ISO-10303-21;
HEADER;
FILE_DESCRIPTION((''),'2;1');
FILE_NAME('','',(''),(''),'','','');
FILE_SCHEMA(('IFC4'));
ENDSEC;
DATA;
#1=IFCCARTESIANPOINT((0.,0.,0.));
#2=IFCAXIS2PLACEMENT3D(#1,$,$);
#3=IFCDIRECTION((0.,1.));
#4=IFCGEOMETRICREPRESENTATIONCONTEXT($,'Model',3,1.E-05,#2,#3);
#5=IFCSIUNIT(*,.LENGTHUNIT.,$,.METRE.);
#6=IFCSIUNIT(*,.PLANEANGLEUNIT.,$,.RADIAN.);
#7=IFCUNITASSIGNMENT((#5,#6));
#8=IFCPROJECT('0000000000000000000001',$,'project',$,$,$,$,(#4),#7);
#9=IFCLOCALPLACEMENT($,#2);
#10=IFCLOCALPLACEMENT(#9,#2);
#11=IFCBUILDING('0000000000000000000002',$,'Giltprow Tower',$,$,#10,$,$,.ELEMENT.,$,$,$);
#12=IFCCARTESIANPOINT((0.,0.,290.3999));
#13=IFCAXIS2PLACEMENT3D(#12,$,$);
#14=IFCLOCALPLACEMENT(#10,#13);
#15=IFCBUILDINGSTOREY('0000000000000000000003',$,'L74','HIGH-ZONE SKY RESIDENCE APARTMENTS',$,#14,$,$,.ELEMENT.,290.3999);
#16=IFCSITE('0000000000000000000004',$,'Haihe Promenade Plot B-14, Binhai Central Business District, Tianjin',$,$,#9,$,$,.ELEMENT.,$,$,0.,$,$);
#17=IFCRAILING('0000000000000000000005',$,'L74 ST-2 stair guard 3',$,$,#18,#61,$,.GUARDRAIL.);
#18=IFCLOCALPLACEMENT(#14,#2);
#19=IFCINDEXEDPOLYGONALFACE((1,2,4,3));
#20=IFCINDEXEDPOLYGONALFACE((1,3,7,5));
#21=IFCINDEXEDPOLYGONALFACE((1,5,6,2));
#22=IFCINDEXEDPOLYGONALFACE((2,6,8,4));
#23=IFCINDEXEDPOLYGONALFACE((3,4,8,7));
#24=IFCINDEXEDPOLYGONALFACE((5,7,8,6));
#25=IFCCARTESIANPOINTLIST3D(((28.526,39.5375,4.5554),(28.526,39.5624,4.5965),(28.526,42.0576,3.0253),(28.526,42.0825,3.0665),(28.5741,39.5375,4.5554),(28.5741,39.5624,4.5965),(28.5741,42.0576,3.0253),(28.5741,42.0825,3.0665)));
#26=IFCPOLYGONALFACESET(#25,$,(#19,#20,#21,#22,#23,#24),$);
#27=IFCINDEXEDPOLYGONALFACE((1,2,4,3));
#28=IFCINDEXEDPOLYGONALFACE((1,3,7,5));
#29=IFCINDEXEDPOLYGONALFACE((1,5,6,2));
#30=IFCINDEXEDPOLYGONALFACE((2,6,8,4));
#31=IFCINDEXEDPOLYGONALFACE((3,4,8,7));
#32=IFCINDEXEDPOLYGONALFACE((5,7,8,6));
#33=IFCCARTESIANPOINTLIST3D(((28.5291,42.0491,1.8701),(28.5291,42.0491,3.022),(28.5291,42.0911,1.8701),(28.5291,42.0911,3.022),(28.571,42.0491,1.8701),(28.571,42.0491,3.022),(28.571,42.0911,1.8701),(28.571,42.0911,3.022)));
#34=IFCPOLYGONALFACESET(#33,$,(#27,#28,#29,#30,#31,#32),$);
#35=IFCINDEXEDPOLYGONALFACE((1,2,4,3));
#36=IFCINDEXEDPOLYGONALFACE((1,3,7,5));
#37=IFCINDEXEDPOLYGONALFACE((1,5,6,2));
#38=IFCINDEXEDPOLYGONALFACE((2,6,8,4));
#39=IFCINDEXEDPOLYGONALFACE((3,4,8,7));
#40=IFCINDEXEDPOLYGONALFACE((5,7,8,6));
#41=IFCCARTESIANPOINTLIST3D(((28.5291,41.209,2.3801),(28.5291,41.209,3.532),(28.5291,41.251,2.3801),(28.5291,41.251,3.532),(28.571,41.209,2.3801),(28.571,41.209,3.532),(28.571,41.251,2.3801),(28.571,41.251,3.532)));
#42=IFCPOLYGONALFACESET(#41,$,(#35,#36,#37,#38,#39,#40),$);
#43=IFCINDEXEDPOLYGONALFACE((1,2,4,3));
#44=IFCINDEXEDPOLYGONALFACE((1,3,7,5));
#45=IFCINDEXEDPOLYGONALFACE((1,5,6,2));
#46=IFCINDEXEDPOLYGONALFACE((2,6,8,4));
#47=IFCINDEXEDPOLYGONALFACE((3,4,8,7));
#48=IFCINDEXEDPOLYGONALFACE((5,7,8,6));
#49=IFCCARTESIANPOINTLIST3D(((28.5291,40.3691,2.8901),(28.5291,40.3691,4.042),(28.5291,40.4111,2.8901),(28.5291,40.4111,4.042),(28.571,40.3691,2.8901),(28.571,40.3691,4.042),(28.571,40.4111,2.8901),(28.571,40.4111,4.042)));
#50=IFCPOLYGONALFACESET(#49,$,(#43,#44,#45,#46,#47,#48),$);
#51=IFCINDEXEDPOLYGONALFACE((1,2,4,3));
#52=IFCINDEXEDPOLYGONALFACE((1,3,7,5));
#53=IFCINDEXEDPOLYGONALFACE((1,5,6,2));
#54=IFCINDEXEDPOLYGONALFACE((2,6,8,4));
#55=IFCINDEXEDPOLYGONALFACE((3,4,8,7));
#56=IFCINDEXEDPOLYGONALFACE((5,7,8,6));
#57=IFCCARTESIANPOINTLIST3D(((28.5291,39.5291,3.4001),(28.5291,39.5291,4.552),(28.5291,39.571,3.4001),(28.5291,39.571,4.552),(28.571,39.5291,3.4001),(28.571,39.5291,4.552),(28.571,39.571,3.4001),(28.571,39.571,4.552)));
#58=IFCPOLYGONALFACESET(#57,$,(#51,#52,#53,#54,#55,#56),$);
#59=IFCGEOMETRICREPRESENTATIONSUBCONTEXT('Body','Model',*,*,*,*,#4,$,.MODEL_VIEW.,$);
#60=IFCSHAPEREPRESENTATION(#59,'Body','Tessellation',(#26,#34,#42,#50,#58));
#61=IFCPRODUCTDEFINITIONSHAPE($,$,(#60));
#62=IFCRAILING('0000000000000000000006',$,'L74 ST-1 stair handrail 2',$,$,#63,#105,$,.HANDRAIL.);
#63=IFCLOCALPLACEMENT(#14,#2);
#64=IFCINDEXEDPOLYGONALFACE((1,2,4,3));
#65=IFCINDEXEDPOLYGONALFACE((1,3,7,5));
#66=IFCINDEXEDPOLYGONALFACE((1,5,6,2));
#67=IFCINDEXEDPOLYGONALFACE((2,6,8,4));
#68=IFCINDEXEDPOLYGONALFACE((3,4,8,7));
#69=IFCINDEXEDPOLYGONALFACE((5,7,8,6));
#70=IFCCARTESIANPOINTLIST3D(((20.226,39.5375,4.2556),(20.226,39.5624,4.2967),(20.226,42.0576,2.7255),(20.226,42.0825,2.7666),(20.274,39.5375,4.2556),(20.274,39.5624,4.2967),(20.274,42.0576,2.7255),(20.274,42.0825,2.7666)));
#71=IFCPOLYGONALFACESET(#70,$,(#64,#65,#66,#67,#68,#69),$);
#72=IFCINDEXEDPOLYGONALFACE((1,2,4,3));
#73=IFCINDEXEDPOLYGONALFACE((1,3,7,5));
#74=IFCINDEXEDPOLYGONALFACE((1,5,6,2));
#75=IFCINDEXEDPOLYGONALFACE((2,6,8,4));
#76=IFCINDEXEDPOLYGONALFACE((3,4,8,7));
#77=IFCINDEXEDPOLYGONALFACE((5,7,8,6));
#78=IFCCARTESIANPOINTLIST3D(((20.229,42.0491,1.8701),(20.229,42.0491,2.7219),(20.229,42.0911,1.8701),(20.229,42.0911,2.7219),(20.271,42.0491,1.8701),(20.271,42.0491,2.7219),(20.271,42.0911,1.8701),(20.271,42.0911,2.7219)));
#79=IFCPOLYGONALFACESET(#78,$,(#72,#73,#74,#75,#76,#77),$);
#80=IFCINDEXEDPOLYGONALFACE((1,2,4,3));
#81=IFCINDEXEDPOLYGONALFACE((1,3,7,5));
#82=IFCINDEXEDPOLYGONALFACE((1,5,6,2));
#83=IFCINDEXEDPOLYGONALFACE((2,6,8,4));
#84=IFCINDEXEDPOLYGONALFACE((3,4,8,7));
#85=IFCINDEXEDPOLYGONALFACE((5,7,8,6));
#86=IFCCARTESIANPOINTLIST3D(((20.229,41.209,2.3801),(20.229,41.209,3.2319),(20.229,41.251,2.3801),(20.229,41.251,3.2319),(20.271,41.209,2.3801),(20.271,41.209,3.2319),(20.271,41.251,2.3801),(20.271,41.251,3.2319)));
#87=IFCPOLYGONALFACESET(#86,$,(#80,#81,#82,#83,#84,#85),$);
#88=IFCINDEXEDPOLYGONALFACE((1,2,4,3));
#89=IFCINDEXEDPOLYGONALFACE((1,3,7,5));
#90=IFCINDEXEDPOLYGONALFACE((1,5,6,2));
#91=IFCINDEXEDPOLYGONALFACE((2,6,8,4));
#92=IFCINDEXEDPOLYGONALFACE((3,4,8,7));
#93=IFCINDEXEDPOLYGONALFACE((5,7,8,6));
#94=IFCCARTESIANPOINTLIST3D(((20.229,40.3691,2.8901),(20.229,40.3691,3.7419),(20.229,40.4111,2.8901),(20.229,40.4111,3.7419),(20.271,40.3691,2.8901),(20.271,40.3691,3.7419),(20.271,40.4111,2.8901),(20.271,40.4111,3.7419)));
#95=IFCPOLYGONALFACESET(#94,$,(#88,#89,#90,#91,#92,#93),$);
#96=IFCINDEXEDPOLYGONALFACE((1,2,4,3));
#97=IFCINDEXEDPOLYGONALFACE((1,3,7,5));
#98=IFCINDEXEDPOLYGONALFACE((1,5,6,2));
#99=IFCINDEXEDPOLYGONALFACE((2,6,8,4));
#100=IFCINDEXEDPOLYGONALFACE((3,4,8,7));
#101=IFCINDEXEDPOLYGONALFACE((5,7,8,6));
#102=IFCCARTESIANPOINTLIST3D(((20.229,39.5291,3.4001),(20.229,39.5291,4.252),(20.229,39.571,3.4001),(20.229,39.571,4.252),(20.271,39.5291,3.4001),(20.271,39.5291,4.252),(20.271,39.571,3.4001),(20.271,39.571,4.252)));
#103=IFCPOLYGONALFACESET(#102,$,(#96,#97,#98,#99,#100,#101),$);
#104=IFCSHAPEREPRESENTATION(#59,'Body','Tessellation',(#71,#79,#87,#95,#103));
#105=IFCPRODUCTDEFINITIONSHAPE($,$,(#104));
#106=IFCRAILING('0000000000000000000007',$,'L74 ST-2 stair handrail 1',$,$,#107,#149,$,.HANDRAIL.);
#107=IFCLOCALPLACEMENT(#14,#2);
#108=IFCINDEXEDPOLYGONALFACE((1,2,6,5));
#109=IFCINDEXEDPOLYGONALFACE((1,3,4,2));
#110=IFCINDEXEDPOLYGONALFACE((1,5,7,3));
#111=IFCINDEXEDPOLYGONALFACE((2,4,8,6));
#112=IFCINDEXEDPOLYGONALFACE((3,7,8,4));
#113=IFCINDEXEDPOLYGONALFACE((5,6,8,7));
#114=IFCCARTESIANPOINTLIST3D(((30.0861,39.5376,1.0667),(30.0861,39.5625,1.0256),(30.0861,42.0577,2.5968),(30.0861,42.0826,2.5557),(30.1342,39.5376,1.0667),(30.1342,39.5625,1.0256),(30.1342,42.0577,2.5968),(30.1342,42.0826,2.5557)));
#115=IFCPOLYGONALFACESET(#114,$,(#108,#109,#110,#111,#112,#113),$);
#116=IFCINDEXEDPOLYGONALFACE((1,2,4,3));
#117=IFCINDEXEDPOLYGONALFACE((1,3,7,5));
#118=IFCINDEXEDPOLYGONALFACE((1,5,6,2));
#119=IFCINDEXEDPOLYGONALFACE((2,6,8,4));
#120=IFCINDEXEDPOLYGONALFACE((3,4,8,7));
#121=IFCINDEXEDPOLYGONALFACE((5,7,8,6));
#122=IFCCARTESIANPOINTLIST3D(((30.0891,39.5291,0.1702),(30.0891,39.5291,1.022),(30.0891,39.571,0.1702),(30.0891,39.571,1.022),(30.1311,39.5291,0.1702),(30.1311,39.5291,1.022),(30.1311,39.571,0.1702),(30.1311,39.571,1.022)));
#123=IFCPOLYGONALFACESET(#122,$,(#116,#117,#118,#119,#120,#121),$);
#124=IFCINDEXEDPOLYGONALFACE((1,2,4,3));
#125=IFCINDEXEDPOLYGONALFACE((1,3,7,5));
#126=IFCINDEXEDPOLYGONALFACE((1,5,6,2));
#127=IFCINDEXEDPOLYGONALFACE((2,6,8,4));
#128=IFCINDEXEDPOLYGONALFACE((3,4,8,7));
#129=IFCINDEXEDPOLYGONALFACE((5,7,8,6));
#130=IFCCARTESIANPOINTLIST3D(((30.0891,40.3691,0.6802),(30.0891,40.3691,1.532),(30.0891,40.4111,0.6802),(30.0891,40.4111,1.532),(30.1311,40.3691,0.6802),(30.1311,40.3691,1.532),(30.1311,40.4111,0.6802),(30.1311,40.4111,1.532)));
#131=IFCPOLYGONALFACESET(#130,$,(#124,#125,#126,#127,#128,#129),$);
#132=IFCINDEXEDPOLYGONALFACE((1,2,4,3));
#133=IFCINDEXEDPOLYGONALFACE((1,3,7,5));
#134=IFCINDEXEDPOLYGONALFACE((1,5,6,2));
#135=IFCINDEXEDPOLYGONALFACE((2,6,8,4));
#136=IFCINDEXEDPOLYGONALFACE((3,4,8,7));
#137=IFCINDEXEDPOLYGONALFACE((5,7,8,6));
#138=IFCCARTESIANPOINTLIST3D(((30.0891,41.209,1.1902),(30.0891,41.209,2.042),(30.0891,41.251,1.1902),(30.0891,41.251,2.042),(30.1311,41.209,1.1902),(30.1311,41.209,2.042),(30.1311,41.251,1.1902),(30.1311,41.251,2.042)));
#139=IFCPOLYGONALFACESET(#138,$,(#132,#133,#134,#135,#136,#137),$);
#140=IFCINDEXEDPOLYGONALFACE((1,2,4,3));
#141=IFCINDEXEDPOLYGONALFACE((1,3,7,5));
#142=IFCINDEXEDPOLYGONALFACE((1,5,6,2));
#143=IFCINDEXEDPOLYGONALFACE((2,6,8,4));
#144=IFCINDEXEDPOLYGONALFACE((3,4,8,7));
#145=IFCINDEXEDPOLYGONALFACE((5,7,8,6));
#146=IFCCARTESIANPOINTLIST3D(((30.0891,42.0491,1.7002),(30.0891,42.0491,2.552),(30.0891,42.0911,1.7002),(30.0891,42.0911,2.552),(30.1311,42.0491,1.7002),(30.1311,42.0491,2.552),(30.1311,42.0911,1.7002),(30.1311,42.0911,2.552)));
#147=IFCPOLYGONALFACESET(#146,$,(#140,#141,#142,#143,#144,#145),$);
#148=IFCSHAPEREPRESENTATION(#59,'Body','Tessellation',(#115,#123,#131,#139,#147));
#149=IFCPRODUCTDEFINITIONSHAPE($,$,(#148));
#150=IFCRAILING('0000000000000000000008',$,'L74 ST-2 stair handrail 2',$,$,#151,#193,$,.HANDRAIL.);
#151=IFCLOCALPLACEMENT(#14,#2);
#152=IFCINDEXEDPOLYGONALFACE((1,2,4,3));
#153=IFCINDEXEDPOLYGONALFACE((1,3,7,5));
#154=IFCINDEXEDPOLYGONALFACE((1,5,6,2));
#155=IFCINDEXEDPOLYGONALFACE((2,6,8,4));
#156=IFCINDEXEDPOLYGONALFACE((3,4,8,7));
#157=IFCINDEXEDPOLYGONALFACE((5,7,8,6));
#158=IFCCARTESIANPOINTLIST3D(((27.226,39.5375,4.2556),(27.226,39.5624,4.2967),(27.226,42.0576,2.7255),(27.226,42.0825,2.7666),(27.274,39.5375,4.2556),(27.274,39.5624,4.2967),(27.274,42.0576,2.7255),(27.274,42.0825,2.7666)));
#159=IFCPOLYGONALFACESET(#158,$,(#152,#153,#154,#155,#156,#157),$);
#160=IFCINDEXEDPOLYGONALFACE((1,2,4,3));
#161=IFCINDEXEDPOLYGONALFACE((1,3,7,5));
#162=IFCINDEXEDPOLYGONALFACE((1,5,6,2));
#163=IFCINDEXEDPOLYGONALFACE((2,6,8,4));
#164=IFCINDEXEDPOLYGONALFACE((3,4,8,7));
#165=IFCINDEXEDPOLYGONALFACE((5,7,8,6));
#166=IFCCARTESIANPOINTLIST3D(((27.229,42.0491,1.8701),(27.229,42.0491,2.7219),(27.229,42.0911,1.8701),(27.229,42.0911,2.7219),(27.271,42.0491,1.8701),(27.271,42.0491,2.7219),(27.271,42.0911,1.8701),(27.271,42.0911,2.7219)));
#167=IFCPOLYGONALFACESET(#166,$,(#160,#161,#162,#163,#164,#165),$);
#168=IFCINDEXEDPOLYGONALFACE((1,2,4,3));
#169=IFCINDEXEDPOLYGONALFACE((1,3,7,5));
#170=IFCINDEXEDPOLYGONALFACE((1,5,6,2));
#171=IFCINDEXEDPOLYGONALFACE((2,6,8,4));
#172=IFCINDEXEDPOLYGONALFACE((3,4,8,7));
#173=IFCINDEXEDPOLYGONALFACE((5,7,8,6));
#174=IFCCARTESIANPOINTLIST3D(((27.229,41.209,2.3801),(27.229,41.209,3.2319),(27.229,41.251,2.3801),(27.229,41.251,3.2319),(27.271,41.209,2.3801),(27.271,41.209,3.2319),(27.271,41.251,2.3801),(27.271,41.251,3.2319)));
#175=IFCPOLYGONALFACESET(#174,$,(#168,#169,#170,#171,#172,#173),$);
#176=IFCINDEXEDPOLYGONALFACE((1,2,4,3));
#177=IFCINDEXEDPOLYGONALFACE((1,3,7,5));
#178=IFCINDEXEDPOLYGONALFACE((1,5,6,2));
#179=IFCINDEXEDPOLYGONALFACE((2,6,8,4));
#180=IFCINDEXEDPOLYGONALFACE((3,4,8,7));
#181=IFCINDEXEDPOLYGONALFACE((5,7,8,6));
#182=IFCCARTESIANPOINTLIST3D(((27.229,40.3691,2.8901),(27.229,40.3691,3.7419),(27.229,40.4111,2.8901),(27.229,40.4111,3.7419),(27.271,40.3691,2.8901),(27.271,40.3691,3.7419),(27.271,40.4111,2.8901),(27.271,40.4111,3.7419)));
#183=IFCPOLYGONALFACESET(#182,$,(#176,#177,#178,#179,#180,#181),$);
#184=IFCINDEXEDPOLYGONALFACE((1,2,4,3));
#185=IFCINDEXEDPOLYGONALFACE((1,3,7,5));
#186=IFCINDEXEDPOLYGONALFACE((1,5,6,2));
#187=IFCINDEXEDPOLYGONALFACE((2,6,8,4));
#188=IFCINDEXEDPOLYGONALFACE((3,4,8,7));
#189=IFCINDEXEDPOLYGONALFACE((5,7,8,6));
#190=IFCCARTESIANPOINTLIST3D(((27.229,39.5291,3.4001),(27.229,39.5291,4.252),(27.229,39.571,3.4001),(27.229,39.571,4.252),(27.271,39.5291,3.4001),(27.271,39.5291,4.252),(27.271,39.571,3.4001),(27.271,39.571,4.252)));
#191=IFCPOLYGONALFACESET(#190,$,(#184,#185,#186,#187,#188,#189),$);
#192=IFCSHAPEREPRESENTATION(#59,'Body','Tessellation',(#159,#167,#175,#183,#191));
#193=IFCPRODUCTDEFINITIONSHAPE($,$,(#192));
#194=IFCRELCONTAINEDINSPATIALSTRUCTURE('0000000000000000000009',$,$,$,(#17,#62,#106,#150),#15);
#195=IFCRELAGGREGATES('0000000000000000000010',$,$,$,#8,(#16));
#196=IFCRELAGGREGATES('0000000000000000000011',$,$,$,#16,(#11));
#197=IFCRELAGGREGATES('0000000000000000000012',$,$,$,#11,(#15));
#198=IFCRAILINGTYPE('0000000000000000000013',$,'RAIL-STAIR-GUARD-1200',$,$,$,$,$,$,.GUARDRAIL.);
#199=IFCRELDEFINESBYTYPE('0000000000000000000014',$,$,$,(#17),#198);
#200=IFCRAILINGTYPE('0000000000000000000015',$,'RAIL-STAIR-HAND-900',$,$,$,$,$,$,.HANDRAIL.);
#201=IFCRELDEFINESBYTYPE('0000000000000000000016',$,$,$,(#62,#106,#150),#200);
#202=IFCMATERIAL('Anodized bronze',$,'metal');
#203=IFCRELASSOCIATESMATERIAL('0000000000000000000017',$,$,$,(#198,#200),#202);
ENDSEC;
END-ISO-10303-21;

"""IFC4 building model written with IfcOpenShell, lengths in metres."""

from ifc_helpers import new_model, si_unit, direction, frame, origin, origin_2d, place, context, subcontext, project, spatial, rectangle, extrude, material, type_object, element, save


model = new_model("IFC4")

# Units and contexts
model_context = context("Model", 3, precision=1e-05, world=origin(), true_north=direction((0.0, 1.0)))
body_context = subcontext(model_context, "Body", "Model", "MODEL_VIEW")
ifc_project = project(units=[si_unit("LENGTHUNIT", "METRE"), si_unit("PLANEANGLEUNIT", "RADIAN")], contexts=[model_context])

# Site, building, storey
site_placement = place(None, origin())
site = spatial("IfcSite", under=ifc_project, at=site_placement, Name="Haihe Promenade Plot B-14, Binhai Central Business District, Tianjin", CompositionType="ELEMENT", RefElevation=0.0)
building_placement = place(site_placement, origin())
building = spatial("IfcBuilding", under=site, at=building_placement, Name="Giltprow Tower", CompositionType="ELEMENT")
storey_placement = place(building_placement, frame((0.0, 0.0, 290.3999)))
storey = spatial("IfcBuildingStorey", under=building, at=storey_placement, Name="L74", Description="HIGH-ZONE SKY RESIDENCE APARTMENTS", CompositionType="ELEMENT", Elevation=290.3999)

# Railings
ifc_material_1 = material(Name="Anodized bronze", Category="metal")
railing_type_1 = type_object("IfcRailingType", Name="RAIL-STAIR-GUARD-1200", PredefinedType="GUARDRAIL", material=ifc_material_1)
railing_1_placement = place(storey_placement, frame((28.55, 42.0701, 1.8701)))
element("IfcRailing", 1, at=railing_1_placement, inside=storey, type_object=railing_type_1, Name="L74 ST-2 stair guard 3", PredefinedType="GUARDRAIL", context=body_context, shape_type="SweptSolid", body=[
    extrude(rectangle(XDim=0.0481, YDim=0.0481, at=origin_2d()), frame((0.0, 0.0, 1.1758), z_axis=(0.0, -0.854785, 0.518982), x_axis=(1.0, 0.0, 0.0)), (0.0, 0.0, 1.0), 2.9482),
    extrude(rectangle(XDim=0.042, YDim=0.042, at=origin_2d()), origin(), (0.0, 0.0, 1.0), 1.1519),
    extrude(rectangle(XDim=0.042, YDim=0.042, at=origin_2d()), frame((0.0, -0.8401, 0.51)), (0.0, 0.0, 1.0), 1.1519),
    extrude(rectangle(XDim=0.042, YDim=0.042, at=origin_2d()), frame((0.0, -1.6799, 1.02)), (0.0, 0.0, 1.0), 1.1519),
    extrude(rectangle(XDim=0.042, YDim=0.042, at=origin_2d()), frame((0.0, -2.52, 1.53)), (0.0, 0.0, 1.0), 1.1519),
])
railing_type_2 = type_object("IfcRailingType", Name="RAIL-STAIR-HAND-900", PredefinedType="HANDRAIL", material=ifc_material_1)
railing_2_placement = place(storey_placement, frame((20.25, 42.0701, 1.8701)))
element("IfcRailing", 2, at=railing_2_placement, inside=storey, type_object=railing_type_2, Name="L74 ST-1 stair handrail 2", PredefinedType="HANDRAIL", context=body_context, shape_type="SweptSolid", body=[
    extrude(rectangle(XDim=0.0481, YDim=0.0481, at=origin_2d()), frame((0.0, 0.0, 0.876), z_axis=(0.0, -0.854785, 0.518982), x_axis=(1.0, 0.0, 0.0)), (0.0, 0.0, 1.0), 2.9482),
    extrude(rectangle(XDim=0.042, YDim=0.042, at=origin_2d()), origin(), (0.0, 0.0, 1.0), 0.8518),
    extrude(rectangle(XDim=0.042, YDim=0.042, at=origin_2d()), frame((0.0, -0.8401, 0.51)), (0.0, 0.0, 1.0), 0.8518),
    extrude(rectangle(XDim=0.042, YDim=0.042, at=origin_2d()), frame((0.0, -1.6799, 1.02)), (0.0, 0.0, 1.0), 0.8518),
    extrude(rectangle(XDim=0.042, YDim=0.042, at=origin_2d()), frame((0.0, -2.52, 1.53)), (0.0, 0.0, 1.0), 0.8518),
])
railing_3_placement = place(storey_placement, frame((30.1101, 39.55, 0.1702)))
element("IfcRailing", 3, at=railing_3_placement, inside=storey, type_object=railing_type_2, Name="L74 ST-2 stair handrail 1", PredefinedType="HANDRAIL", context=body_context, shape_type="SweptSolid", body=[
    extrude(rectangle(XDim=0.0481, YDim=0.0481, at=origin_2d()), frame((0.0, 0.0, 0.876), z_axis=(0.0, 0.854785, 0.518982), x_axis=(-1.0, 0.0, 0.0)), (0.0, 0.0, 1.0), 2.9482),
    extrude(rectangle(XDim=0.042, YDim=0.042, at=origin_2d()), origin(), (0.0, 0.0, 1.0), 0.8518),
    extrude(rectangle(XDim=0.042, YDim=0.042, at=origin_2d()), frame((0.0, 0.8401, 0.51)), (0.0, 0.0, 1.0), 0.8518),
    extrude(rectangle(XDim=0.042, YDim=0.042, at=origin_2d()), frame((0.0, 1.6799, 1.02)), (0.0, 0.0, 1.0), 0.8518),
    extrude(rectangle(XDim=0.042, YDim=0.042, at=origin_2d()), frame((0.0, 2.52, 1.53)), (0.0, 0.0, 1.0), 0.8518),
])
railing_4_placement = place(storey_placement, frame((27.25, 42.0701, 1.8701)))
element("IfcRailing", 4, at=railing_4_placement, inside=storey, type_object=railing_type_2, Name="L74 ST-2 stair handrail 2", PredefinedType="HANDRAIL", context=body_context, shape_type="SweptSolid", body=[
    extrude(rectangle(XDim=0.0481, YDim=0.0481, at=origin_2d()), frame((0.0, 0.0, 0.876), z_axis=(0.0, -0.854785, 0.518982), x_axis=(1.0, 0.0, 0.0)), (0.0, 0.0, 1.0), 2.9482),
    extrude(rectangle(XDim=0.042, YDim=0.042, at=origin_2d()), origin(), (0.0, 0.0, 1.0), 0.8518),
    extrude(rectangle(XDim=0.042, YDim=0.042, at=origin_2d()), frame((0.0, -0.8401, 0.51)), (0.0, 0.0, 1.0), 0.8518),
    extrude(rectangle(XDim=0.042, YDim=0.042, at=origin_2d()), frame((0.0, -1.6799, 1.02)), (0.0, 0.0, 1.0), 0.8518),
    extrude(rectangle(XDim=0.042, YDim=0.042, at=origin_2d()), frame((0.0, -2.52, 1.53)), (0.0, 0.0, 1.0), 0.8518),
])

save(model, "model.ifc")
